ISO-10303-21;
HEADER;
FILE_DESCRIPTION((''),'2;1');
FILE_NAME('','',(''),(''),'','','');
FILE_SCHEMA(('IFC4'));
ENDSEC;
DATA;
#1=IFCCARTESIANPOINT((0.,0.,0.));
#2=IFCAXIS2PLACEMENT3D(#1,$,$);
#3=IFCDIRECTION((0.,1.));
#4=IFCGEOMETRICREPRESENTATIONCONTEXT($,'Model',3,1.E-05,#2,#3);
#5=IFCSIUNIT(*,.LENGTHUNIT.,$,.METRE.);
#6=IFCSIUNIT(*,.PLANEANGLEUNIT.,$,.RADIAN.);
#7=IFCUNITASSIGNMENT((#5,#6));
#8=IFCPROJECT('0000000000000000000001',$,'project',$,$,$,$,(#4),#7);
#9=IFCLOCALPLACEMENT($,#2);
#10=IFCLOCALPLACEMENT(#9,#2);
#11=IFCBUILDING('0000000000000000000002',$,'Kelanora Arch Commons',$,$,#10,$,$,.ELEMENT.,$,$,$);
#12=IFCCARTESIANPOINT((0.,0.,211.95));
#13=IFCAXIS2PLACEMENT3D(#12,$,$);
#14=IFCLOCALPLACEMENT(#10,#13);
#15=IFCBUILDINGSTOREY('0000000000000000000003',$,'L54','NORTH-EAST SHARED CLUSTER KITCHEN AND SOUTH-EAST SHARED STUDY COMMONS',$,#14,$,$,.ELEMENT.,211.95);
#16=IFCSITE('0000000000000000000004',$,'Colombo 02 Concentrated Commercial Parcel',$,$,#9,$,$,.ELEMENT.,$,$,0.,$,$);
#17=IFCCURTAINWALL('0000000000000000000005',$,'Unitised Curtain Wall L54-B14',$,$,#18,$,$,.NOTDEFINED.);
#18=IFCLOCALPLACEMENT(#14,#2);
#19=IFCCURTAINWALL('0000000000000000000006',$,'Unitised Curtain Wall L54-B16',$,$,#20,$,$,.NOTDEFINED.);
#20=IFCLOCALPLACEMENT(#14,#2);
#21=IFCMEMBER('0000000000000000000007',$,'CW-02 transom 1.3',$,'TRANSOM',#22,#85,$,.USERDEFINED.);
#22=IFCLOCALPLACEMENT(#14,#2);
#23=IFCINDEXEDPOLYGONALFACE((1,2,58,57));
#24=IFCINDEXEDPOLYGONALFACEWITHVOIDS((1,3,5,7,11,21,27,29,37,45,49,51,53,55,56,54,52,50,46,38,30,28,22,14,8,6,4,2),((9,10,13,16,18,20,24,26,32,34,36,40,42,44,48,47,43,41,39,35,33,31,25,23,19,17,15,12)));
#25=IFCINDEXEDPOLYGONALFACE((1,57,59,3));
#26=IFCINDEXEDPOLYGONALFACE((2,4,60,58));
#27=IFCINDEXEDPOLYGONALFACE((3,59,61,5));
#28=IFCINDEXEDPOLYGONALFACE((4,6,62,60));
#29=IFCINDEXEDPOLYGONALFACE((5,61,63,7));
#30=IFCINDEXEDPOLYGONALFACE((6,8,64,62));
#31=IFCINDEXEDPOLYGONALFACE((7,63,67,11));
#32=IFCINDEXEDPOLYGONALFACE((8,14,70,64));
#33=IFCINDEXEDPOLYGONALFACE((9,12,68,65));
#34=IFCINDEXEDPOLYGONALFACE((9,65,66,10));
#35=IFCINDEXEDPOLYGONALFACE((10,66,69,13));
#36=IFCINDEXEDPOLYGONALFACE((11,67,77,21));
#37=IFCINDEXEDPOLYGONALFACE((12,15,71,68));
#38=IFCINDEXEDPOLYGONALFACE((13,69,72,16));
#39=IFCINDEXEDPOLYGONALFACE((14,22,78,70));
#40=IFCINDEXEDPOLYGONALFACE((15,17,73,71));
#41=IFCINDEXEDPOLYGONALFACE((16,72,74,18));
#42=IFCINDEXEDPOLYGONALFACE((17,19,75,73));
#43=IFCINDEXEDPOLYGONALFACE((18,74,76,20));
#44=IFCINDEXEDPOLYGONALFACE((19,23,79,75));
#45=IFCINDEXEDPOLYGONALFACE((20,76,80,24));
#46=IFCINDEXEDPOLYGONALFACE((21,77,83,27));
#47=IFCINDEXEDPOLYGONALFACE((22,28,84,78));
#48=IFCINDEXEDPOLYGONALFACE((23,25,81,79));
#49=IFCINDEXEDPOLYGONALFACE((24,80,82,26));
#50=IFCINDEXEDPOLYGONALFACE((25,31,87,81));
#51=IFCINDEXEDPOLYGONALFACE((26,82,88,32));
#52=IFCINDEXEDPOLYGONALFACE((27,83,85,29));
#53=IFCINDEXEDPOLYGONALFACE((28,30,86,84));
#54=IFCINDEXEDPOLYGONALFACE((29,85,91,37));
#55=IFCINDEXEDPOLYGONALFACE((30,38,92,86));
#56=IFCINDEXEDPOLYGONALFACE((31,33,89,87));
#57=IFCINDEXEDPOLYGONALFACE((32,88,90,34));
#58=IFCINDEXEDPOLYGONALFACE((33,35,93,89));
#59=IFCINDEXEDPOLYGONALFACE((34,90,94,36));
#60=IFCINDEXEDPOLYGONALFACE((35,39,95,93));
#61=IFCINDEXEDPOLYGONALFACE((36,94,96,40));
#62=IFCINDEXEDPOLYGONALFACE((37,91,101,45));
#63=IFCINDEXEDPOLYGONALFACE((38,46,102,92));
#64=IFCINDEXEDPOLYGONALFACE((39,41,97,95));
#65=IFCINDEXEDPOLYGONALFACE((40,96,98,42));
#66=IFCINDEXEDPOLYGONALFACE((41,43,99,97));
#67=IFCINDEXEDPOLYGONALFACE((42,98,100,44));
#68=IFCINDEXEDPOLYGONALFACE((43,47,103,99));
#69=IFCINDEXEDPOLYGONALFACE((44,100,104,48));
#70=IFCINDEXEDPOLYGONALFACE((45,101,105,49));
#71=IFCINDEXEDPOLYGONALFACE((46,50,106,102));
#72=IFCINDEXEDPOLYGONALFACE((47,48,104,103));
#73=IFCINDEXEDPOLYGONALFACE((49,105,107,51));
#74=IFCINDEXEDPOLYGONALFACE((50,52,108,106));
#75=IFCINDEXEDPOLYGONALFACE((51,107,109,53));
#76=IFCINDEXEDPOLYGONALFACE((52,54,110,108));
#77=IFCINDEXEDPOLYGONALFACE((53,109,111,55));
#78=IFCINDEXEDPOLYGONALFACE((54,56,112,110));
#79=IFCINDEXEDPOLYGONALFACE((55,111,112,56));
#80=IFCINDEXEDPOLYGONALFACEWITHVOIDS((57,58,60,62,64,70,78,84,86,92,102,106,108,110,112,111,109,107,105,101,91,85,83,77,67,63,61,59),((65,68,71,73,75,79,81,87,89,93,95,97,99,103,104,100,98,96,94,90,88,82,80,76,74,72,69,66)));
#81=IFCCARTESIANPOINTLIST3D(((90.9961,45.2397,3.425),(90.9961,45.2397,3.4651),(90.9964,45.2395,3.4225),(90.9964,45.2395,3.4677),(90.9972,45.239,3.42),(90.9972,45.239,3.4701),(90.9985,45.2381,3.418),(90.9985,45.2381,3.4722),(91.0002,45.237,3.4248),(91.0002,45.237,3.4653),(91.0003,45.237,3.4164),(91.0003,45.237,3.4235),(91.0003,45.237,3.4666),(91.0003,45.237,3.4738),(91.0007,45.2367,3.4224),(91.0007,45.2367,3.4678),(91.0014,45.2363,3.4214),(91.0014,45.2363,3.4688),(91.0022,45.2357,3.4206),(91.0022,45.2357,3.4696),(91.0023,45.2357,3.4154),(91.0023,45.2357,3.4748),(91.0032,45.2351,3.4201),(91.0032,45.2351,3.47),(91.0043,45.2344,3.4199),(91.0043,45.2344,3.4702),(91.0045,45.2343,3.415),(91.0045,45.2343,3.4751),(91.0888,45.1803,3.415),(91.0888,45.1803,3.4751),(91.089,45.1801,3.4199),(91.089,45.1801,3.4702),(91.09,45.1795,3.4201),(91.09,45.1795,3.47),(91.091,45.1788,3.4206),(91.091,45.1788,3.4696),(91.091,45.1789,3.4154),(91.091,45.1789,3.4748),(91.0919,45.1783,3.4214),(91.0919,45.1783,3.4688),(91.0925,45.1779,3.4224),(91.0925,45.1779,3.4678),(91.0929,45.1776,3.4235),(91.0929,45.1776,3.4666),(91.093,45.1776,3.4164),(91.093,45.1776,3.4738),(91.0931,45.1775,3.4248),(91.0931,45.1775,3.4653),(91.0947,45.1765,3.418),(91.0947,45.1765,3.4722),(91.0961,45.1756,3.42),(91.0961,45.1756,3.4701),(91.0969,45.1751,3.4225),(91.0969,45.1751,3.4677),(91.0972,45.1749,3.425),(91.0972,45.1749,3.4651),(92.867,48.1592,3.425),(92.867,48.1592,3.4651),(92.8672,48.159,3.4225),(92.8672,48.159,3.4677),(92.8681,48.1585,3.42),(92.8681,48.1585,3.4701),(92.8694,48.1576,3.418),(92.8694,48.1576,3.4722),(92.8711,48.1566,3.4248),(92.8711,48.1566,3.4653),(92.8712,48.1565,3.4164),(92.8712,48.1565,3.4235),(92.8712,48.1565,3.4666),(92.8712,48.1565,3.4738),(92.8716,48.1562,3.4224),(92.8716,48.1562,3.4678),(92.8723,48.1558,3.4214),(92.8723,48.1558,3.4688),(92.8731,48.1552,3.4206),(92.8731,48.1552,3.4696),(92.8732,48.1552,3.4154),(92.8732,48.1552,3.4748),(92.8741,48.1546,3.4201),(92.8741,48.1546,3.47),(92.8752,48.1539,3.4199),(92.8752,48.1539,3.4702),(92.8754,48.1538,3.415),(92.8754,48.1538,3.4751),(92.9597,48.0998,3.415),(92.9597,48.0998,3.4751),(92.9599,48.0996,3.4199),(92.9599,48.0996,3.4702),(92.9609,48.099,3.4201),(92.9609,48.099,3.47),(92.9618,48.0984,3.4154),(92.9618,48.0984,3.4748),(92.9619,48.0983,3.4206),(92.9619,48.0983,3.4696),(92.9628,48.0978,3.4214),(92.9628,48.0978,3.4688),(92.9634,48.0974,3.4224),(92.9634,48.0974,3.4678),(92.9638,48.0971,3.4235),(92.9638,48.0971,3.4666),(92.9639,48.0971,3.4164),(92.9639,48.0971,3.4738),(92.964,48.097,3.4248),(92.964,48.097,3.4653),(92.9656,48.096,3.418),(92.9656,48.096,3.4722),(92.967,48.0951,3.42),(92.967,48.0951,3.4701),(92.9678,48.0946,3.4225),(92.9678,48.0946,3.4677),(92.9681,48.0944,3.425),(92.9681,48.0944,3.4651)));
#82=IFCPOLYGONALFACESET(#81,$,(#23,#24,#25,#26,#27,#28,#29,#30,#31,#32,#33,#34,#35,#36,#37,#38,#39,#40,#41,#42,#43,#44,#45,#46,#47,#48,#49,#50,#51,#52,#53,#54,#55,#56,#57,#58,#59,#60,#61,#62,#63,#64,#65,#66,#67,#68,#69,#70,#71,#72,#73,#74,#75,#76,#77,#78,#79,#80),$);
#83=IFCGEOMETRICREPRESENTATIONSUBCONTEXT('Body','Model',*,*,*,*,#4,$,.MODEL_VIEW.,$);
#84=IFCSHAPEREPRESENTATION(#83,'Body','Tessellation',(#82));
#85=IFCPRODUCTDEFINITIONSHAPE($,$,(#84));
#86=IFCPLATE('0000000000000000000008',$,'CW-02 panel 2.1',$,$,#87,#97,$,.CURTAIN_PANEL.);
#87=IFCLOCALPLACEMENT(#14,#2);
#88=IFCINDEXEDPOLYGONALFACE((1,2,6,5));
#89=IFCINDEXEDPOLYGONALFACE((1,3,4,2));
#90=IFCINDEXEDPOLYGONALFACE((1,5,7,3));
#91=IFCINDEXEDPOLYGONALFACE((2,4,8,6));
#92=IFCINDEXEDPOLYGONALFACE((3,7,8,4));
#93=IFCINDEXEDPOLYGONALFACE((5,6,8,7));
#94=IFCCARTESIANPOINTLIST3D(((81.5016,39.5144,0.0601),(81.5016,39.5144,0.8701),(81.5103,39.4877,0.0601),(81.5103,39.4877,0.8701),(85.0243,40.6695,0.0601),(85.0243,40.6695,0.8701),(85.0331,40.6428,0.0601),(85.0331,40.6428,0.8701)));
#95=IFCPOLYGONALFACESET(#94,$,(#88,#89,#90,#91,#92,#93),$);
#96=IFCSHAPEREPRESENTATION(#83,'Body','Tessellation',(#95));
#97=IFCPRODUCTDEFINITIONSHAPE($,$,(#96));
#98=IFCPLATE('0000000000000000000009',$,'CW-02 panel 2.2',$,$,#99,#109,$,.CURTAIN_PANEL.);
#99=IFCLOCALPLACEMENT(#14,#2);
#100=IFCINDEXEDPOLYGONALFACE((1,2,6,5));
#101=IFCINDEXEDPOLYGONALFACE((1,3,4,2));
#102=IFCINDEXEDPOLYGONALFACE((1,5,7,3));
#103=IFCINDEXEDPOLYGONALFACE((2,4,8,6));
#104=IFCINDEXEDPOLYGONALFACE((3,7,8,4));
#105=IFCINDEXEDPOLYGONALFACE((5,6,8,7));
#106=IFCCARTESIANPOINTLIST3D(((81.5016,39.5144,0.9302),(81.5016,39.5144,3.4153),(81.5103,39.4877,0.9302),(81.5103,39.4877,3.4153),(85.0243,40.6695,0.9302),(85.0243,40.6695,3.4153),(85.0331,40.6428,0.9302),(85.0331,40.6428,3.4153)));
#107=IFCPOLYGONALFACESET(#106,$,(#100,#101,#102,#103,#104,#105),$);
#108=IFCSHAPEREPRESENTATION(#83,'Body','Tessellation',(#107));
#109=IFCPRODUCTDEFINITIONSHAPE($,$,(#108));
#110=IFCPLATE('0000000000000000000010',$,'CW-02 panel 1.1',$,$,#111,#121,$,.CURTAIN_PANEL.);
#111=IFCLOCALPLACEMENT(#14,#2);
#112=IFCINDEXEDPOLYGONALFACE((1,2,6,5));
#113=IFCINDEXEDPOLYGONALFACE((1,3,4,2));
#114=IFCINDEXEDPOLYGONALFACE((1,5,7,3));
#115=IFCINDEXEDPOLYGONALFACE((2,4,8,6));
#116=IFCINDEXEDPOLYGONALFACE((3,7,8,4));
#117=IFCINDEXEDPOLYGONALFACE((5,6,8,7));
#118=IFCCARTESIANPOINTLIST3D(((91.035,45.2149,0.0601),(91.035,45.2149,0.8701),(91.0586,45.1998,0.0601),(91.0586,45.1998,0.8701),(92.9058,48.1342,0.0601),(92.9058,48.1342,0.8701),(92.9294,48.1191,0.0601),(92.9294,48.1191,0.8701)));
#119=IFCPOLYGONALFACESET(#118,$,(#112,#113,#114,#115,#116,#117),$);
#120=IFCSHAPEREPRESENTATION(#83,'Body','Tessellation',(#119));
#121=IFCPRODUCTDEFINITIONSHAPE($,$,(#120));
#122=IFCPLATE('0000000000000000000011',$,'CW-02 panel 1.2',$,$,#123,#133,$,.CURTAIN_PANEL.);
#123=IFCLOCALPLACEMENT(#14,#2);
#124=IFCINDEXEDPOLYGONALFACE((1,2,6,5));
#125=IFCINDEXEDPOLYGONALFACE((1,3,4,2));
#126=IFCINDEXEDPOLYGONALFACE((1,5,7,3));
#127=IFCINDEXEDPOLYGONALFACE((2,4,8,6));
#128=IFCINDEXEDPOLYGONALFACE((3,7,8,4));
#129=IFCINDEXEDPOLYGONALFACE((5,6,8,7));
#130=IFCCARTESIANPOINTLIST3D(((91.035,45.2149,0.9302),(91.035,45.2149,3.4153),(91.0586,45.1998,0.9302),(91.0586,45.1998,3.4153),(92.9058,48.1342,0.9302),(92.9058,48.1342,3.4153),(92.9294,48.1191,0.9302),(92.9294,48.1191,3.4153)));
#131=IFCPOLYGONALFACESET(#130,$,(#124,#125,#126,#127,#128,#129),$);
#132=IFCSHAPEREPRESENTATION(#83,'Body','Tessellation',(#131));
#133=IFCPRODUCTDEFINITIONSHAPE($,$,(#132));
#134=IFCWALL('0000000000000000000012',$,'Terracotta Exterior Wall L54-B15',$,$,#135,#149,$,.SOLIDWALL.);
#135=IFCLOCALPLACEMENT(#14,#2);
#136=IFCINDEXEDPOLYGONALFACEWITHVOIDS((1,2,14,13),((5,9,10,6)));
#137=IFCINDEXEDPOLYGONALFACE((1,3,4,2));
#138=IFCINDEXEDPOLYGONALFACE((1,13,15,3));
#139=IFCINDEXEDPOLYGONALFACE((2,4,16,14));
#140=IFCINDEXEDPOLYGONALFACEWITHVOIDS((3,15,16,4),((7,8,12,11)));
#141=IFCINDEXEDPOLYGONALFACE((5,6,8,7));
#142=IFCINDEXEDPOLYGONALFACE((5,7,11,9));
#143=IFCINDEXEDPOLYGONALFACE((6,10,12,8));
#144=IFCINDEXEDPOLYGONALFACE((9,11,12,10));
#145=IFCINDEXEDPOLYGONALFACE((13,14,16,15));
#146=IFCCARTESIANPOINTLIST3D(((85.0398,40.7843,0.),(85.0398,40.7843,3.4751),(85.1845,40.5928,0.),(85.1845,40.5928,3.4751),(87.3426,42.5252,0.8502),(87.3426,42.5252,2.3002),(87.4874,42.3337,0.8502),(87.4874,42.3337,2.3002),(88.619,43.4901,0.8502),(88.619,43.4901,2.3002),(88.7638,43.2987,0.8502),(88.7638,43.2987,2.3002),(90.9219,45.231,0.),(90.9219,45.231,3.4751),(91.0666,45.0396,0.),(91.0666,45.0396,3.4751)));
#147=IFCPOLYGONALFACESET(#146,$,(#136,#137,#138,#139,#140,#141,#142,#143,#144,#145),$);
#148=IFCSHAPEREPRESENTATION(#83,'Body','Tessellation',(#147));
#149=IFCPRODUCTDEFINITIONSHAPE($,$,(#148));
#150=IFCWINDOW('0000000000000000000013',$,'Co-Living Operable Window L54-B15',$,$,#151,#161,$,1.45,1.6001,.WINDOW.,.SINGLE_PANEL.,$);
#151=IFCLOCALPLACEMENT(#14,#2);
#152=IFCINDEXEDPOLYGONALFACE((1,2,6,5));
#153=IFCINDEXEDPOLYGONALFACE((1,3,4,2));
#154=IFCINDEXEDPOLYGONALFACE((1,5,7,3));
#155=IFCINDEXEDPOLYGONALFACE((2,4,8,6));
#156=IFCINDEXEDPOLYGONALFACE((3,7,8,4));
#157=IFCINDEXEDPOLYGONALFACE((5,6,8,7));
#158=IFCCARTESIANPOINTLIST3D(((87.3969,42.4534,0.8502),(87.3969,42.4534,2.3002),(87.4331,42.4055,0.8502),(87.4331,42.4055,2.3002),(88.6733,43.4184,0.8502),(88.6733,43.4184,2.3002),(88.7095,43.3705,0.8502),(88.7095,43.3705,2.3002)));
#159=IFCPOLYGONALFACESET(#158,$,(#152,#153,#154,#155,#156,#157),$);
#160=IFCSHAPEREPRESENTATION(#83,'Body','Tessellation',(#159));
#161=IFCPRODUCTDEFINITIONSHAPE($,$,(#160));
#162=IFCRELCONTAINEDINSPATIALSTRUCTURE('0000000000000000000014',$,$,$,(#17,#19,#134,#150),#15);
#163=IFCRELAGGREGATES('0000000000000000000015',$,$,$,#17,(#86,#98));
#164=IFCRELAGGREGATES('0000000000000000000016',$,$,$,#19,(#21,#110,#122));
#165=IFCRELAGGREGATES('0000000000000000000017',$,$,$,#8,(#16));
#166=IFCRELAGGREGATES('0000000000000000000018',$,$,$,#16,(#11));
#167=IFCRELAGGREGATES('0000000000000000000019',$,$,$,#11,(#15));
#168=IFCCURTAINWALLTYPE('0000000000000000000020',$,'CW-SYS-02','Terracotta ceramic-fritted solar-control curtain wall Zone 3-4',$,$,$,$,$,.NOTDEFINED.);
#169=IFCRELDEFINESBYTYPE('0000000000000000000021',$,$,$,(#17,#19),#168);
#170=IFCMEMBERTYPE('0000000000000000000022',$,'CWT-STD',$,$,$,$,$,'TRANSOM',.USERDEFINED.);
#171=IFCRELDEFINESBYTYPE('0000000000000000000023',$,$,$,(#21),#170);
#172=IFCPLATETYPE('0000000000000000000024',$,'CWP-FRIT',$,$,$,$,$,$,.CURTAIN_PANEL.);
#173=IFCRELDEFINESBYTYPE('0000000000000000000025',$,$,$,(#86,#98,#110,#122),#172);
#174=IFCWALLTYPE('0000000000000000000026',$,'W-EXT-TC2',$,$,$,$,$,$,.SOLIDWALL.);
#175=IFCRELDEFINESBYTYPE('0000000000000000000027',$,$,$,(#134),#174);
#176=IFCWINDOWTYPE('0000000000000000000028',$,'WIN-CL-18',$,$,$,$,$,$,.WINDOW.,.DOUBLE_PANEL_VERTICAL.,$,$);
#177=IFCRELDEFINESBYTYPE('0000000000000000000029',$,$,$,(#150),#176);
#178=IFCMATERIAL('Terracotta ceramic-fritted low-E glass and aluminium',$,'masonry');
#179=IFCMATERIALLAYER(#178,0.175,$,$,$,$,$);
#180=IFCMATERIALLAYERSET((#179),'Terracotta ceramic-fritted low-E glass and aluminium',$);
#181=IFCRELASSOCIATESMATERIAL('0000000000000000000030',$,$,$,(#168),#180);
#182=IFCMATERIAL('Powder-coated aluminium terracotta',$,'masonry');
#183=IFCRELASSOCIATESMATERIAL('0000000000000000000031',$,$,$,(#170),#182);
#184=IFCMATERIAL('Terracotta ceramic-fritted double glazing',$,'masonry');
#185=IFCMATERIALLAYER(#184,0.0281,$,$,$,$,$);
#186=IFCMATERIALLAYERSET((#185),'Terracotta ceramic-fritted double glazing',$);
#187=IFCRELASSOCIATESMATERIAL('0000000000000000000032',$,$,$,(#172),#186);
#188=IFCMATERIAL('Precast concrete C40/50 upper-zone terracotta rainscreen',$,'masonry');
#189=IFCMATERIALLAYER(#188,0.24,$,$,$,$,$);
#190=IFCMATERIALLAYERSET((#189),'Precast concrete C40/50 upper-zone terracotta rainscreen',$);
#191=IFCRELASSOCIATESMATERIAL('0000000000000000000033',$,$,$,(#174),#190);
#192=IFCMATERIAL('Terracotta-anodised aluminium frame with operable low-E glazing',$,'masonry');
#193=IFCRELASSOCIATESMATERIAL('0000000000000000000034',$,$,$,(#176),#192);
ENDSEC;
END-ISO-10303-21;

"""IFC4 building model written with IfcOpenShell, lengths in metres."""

from ifc_helpers import new_model, si_unit, direction, frame, frame_2d, origin, origin_2d, place, context, subcontext, project, spatial, rectangle, hollow_rectangle, extrude, source, transform, mapped, material, layer, layer_set, material_profile, profile_set, type_object, element, fill, aggregate, save


model = new_model("IFC4")

# Units and contexts
model_context = context("Model", 3, precision=1e-05, world=origin(), true_north=direction((0.0, 1.0)))
body_context = subcontext(model_context, "Body", "Model", "MODEL_VIEW")
ifc_project = project(units=[si_unit("LENGTHUNIT", "METRE"), si_unit("PLANEANGLEUNIT", "RADIAN")], contexts=[model_context])

# Site, building, storey
site_placement = place(None, origin())
site = spatial("IfcSite", under=ifc_project, at=site_placement, Name="Colombo 02 Concentrated Commercial Parcel", CompositionType="ELEMENT", RefElevation=0.0)
building_placement = place(site_placement, origin())
building = spatial("IfcBuilding", under=site, at=building_placement, Name="Kelanora Arch Commons", CompositionType="ELEMENT")
storey_placement = place(building_placement, frame((0.0, 0.0, 211.95)))
storey = spatial("IfcBuildingStorey", under=building, at=storey_placement, Name="L54", Description="NORTH-EAST SHARED CLUSTER KITCHEN AND SOUTH-EAST SHARED STUDY COMMONS", CompositionType="ELEMENT", Elevation=211.95)

# Curtain wall
ifc_material_1 = material(Name="Terracotta ceramic-fritted low-E glass and aluminium", Category="masonry")
ifc_layer_1 = layer(ifc_material_1, 0.175)
ifc_layer_set_1 = layer_set([ifc_layer_1], Name="Terracotta ceramic-fritted low-E glass and aluminium")
curtain_wall_type = type_object("IfcCurtainWallType", Name="CW-SYS-02", Description="Terracotta ceramic-fritted solar-control curtain wall Zone 3-4", PredefinedType="NOTDEFINED", material=ifc_layer_set_1)
curtain_wall_1_placement = place(storey_placement, origin())
curtain_wall_1 = element("IfcCurtainWall", 1, at=curtain_wall_1_placement, inside=storey, type_object=curtain_wall_type, Name="Unitised Curtain Wall L54-B14", PredefinedType="NOTDEFINED")
ifc_material_2 = material(Name="Powder-coated aluminium terracotta", Category="masonry")

# Curtain wall, member
curtain_wall_2_placement = place(storey_placement, origin())
curtain_wall_2 = element("IfcCurtainWall", 2, at=curtain_wall_2_placement, inside=storey, type_object=curtain_wall_type, Name="Unitised Curtain Wall L54-B16", PredefinedType="NOTDEFINED")
ifc_material_profile_1 = material_profile(ifc_material_2, hollow_rectangle(XDim=0.1201, YDim=0.0601, WallThickness=0.0049, InnerFilletRadius=0.0049, OuterFilletRadius=0.01, at=origin_2d()), Name="CWT120x60")
ifc_profile_set_1 = profile_set([ifc_material_profile_1], Name="Powder-coated aluminium terracotta")
member_type_1 = type_object("IfcMemberType", Name="CWT-STD", ElementType="TRANSOM", PredefinedType="USERDEFINED", material=ifc_profile_set_1)
member_1_placement = place(storey_placement, frame((91.0466, 45.2073, 3.4451), z_axis=(0.539547, 0.841955, 0.0), x_axis=(-0.841955, 0.539547, 0.0)))
member_1 = element("IfcMember", 3, at=member_1_placement, type_object=member_type_1, Name="CW-02 transom 1.3", ObjectType="TRANSOM", PredefinedType="USERDEFINED", context=body_context, shape_type="SweptSolid", body=[
    extrude(hollow_rectangle(XDim=0.1201, YDim=0.0601, WallThickness=0.0049, InnerFilletRadius=0.0049, OuterFilletRadius=0.01, at=origin_2d()), origin(), (0.0, 0.0, 1.0), 3.4675),
])

# Plates
ifc_material_3 = material(Name="Terracotta ceramic-fritted double glazing", Category="masonry")
ifc_layer_2 = layer(ifc_material_3, 0.0281)
ifc_layer_set_2 = layer_set([ifc_layer_2], Name="Terracotta ceramic-fritted double glazing")
plate_type = type_object("IfcPlateType", Name="CWP-FRIT", PredefinedType="CURTAIN_PANEL", material=ifc_layer_set_2)
shared_shape_1 = source(origin(), body_context, "Body", "SweptSolid", [
    extrude(rectangle(XDim=3.7073, YDim=0.0281, at=origin_2d()), origin(), (0.0, 0.0, 1.0), 0.8101),
])
plate_1_placement = place(storey_placement, frame((83.2673, 40.0786, 0.0601), z_axis=(0.0, 0.0, 1.0), x_axis=(0.950219, 0.311582, 0.0)))
plate_1 = element("IfcPlate", 4, at=plate_1_placement, type_object=plate_type, Name="CW-02 panel 2.1", PredefinedType="CURTAIN_PANEL", context=body_context, shape_type="MappedRepresentation", body=[
    mapped(shared_shape_1, transform((0.0, 0.0, 0.0), scale=1.0)),
])
shared_shape_2 = source(origin(), body_context, "Body", "SweptSolid", [
    extrude(rectangle(XDim=3.7073, YDim=0.0281, at=origin_2d()), origin(), (0.0, 0.0, 1.0), 2.4851),
])
plate_2_placement = place(storey_placement, frame((83.2673, 40.0786, 0.9302), z_axis=(0.0, 0.0, 1.0), x_axis=(0.950219, 0.311582, 0.0)))
plate_2 = element("IfcPlate", 5, at=plate_2_placement, type_object=plate_type, Name="CW-02 panel 2.2", PredefinedType="CURTAIN_PANEL", context=body_context, shape_type="MappedRepresentation", body=[
    mapped(shared_shape_2, transform((0.0, 0.0, 0.0), scale=1.0)),
])
aggregate(curtain_wall_1, [plate_1, plate_2])
shared_shape_3 = source(origin(), body_context, "Body", "SweptSolid", [
    extrude(rectangle(XDim=3.4673, YDim=0.0281, at=origin_2d()), origin(), (0.0, 0.0, 1.0), 0.8101),
])
plate_3_placement = place(storey_placement, frame((91.9822, 46.667, 0.0601), z_axis=(0.0, 0.0, 1.0), x_axis=(0.539559, 0.841948, 0.0)))
plate_3 = element("IfcPlate", 6, at=plate_3_placement, type_object=plate_type, Name="CW-02 panel 1.1", PredefinedType="CURTAIN_PANEL", context=body_context, shape_type="MappedRepresentation", body=[
    mapped(shared_shape_3, transform((0.0, 0.0, 0.0), scale=1.0)),
])
shared_shape_4 = source(origin(), body_context, "Body", "SweptSolid", [
    extrude(rectangle(XDim=3.4673, YDim=0.0281, at=origin_2d()), origin(), (0.0, 0.0, 1.0), 2.4851),
])
plate_4_placement = place(storey_placement, frame((91.9822, 46.667, 0.9302), z_axis=(0.0, 0.0, 1.0), x_axis=(0.539559, 0.841948, 0.0)))
plate_4 = element("IfcPlate", 7, at=plate_4_placement, type_object=plate_type, Name="CW-02 panel 1.2", PredefinedType="CURTAIN_PANEL", context=body_context, shape_type="MappedRepresentation", body=[
    mapped(shared_shape_4, transform((0.0, 0.0, 0.0), scale=1.0)),
])
aggregate(curtain_wall_2, [member_1, plate_3, plate_4])

# Wall, opening, window
ifc_material_4 = material(Name="Precast concrete C40/50 upper-zone terracotta rainscreen", Category="masonry")
ifc_layer_3 = layer(ifc_material_4, 0.24)
ifc_layer_set_3 = layer_set([ifc_layer_3], Name="Precast concrete C40/50 upper-zone terracotta rainscreen")
wall_type = type_object("IfcWallType", Name="W-EXT-TC2", PredefinedType="SOLIDWALL", material=ifc_layer_set_3)
wall_placement = place(storey_placement, frame((85.1121, 40.6885, 0.0), z_axis=(0.0, 0.0, 1.0), x_axis=(0.797702, 0.603052, 0.0)))
wall = element("IfcWall", 8, at=wall_placement, inside=storey, type_object=wall_type, Name="Terracotta Exterior Wall L54-B15", PredefinedType="SOLIDWALL", context=body_context, shape_type="SweptSolid", body=[
    extrude(rectangle(XDim=7.3738, YDim=0.24, at=frame_2d((3.687, 0.0))), origin(), (0.0, 0.0, 1.0), 3.4751),
])
opening_placement = place(wall_placement, frame((2.887, 0.0, 0.8501)))
opening = element("IfcOpeningElement", 9, at=opening_placement, cuts=wall, PredefinedType="OPENING", context=body_context, shape_type="SweptSolid", body=[
    extrude(rectangle(XDim=1.6001, YDim=1.45, at=frame_2d((0.8, 0.7251))), frame((0.0, 0.1299, 0.0), z_axis=(0.0, -1.0, 0.0), x_axis=(1.0, 0.0, 0.0)), (0.0, 0.0, 1.0), 0.26),
])
ifc_material_5 = material(Name="Terracotta-anodised aluminium frame with operable low-E glazing", Category="masonry")
window_type = type_object("IfcWindowType", Name="WIN-CL-18", PartitioningType="DOUBLE_PANEL_VERTICAL", PredefinedType="WINDOW", material=ifc_material_5)
window_placement = place(opening_placement, origin())
window = element("IfcWindow", 10, at=window_placement, inside=storey, type_object=window_type, Name="Co-Living Operable Window L54-B15", OverallHeight=1.45, OverallWidth=1.6001, PartitioningType="SINGLE_PANEL", PredefinedType="WINDOW", context=body_context, shape_type="SweptSolid", body=[
    extrude(rectangle(XDim=1.6001, YDim=1.45, at=frame_2d((0.8, 0.7251))), frame((0.0, 0.03, 0.0), z_axis=(0.0, -1.0, 0.0), x_axis=(1.0, 0.0, 0.0)), (0.0, 0.0, 1.0), 0.0601),
])
fill(opening, window)

save(model, "model.ifc")
